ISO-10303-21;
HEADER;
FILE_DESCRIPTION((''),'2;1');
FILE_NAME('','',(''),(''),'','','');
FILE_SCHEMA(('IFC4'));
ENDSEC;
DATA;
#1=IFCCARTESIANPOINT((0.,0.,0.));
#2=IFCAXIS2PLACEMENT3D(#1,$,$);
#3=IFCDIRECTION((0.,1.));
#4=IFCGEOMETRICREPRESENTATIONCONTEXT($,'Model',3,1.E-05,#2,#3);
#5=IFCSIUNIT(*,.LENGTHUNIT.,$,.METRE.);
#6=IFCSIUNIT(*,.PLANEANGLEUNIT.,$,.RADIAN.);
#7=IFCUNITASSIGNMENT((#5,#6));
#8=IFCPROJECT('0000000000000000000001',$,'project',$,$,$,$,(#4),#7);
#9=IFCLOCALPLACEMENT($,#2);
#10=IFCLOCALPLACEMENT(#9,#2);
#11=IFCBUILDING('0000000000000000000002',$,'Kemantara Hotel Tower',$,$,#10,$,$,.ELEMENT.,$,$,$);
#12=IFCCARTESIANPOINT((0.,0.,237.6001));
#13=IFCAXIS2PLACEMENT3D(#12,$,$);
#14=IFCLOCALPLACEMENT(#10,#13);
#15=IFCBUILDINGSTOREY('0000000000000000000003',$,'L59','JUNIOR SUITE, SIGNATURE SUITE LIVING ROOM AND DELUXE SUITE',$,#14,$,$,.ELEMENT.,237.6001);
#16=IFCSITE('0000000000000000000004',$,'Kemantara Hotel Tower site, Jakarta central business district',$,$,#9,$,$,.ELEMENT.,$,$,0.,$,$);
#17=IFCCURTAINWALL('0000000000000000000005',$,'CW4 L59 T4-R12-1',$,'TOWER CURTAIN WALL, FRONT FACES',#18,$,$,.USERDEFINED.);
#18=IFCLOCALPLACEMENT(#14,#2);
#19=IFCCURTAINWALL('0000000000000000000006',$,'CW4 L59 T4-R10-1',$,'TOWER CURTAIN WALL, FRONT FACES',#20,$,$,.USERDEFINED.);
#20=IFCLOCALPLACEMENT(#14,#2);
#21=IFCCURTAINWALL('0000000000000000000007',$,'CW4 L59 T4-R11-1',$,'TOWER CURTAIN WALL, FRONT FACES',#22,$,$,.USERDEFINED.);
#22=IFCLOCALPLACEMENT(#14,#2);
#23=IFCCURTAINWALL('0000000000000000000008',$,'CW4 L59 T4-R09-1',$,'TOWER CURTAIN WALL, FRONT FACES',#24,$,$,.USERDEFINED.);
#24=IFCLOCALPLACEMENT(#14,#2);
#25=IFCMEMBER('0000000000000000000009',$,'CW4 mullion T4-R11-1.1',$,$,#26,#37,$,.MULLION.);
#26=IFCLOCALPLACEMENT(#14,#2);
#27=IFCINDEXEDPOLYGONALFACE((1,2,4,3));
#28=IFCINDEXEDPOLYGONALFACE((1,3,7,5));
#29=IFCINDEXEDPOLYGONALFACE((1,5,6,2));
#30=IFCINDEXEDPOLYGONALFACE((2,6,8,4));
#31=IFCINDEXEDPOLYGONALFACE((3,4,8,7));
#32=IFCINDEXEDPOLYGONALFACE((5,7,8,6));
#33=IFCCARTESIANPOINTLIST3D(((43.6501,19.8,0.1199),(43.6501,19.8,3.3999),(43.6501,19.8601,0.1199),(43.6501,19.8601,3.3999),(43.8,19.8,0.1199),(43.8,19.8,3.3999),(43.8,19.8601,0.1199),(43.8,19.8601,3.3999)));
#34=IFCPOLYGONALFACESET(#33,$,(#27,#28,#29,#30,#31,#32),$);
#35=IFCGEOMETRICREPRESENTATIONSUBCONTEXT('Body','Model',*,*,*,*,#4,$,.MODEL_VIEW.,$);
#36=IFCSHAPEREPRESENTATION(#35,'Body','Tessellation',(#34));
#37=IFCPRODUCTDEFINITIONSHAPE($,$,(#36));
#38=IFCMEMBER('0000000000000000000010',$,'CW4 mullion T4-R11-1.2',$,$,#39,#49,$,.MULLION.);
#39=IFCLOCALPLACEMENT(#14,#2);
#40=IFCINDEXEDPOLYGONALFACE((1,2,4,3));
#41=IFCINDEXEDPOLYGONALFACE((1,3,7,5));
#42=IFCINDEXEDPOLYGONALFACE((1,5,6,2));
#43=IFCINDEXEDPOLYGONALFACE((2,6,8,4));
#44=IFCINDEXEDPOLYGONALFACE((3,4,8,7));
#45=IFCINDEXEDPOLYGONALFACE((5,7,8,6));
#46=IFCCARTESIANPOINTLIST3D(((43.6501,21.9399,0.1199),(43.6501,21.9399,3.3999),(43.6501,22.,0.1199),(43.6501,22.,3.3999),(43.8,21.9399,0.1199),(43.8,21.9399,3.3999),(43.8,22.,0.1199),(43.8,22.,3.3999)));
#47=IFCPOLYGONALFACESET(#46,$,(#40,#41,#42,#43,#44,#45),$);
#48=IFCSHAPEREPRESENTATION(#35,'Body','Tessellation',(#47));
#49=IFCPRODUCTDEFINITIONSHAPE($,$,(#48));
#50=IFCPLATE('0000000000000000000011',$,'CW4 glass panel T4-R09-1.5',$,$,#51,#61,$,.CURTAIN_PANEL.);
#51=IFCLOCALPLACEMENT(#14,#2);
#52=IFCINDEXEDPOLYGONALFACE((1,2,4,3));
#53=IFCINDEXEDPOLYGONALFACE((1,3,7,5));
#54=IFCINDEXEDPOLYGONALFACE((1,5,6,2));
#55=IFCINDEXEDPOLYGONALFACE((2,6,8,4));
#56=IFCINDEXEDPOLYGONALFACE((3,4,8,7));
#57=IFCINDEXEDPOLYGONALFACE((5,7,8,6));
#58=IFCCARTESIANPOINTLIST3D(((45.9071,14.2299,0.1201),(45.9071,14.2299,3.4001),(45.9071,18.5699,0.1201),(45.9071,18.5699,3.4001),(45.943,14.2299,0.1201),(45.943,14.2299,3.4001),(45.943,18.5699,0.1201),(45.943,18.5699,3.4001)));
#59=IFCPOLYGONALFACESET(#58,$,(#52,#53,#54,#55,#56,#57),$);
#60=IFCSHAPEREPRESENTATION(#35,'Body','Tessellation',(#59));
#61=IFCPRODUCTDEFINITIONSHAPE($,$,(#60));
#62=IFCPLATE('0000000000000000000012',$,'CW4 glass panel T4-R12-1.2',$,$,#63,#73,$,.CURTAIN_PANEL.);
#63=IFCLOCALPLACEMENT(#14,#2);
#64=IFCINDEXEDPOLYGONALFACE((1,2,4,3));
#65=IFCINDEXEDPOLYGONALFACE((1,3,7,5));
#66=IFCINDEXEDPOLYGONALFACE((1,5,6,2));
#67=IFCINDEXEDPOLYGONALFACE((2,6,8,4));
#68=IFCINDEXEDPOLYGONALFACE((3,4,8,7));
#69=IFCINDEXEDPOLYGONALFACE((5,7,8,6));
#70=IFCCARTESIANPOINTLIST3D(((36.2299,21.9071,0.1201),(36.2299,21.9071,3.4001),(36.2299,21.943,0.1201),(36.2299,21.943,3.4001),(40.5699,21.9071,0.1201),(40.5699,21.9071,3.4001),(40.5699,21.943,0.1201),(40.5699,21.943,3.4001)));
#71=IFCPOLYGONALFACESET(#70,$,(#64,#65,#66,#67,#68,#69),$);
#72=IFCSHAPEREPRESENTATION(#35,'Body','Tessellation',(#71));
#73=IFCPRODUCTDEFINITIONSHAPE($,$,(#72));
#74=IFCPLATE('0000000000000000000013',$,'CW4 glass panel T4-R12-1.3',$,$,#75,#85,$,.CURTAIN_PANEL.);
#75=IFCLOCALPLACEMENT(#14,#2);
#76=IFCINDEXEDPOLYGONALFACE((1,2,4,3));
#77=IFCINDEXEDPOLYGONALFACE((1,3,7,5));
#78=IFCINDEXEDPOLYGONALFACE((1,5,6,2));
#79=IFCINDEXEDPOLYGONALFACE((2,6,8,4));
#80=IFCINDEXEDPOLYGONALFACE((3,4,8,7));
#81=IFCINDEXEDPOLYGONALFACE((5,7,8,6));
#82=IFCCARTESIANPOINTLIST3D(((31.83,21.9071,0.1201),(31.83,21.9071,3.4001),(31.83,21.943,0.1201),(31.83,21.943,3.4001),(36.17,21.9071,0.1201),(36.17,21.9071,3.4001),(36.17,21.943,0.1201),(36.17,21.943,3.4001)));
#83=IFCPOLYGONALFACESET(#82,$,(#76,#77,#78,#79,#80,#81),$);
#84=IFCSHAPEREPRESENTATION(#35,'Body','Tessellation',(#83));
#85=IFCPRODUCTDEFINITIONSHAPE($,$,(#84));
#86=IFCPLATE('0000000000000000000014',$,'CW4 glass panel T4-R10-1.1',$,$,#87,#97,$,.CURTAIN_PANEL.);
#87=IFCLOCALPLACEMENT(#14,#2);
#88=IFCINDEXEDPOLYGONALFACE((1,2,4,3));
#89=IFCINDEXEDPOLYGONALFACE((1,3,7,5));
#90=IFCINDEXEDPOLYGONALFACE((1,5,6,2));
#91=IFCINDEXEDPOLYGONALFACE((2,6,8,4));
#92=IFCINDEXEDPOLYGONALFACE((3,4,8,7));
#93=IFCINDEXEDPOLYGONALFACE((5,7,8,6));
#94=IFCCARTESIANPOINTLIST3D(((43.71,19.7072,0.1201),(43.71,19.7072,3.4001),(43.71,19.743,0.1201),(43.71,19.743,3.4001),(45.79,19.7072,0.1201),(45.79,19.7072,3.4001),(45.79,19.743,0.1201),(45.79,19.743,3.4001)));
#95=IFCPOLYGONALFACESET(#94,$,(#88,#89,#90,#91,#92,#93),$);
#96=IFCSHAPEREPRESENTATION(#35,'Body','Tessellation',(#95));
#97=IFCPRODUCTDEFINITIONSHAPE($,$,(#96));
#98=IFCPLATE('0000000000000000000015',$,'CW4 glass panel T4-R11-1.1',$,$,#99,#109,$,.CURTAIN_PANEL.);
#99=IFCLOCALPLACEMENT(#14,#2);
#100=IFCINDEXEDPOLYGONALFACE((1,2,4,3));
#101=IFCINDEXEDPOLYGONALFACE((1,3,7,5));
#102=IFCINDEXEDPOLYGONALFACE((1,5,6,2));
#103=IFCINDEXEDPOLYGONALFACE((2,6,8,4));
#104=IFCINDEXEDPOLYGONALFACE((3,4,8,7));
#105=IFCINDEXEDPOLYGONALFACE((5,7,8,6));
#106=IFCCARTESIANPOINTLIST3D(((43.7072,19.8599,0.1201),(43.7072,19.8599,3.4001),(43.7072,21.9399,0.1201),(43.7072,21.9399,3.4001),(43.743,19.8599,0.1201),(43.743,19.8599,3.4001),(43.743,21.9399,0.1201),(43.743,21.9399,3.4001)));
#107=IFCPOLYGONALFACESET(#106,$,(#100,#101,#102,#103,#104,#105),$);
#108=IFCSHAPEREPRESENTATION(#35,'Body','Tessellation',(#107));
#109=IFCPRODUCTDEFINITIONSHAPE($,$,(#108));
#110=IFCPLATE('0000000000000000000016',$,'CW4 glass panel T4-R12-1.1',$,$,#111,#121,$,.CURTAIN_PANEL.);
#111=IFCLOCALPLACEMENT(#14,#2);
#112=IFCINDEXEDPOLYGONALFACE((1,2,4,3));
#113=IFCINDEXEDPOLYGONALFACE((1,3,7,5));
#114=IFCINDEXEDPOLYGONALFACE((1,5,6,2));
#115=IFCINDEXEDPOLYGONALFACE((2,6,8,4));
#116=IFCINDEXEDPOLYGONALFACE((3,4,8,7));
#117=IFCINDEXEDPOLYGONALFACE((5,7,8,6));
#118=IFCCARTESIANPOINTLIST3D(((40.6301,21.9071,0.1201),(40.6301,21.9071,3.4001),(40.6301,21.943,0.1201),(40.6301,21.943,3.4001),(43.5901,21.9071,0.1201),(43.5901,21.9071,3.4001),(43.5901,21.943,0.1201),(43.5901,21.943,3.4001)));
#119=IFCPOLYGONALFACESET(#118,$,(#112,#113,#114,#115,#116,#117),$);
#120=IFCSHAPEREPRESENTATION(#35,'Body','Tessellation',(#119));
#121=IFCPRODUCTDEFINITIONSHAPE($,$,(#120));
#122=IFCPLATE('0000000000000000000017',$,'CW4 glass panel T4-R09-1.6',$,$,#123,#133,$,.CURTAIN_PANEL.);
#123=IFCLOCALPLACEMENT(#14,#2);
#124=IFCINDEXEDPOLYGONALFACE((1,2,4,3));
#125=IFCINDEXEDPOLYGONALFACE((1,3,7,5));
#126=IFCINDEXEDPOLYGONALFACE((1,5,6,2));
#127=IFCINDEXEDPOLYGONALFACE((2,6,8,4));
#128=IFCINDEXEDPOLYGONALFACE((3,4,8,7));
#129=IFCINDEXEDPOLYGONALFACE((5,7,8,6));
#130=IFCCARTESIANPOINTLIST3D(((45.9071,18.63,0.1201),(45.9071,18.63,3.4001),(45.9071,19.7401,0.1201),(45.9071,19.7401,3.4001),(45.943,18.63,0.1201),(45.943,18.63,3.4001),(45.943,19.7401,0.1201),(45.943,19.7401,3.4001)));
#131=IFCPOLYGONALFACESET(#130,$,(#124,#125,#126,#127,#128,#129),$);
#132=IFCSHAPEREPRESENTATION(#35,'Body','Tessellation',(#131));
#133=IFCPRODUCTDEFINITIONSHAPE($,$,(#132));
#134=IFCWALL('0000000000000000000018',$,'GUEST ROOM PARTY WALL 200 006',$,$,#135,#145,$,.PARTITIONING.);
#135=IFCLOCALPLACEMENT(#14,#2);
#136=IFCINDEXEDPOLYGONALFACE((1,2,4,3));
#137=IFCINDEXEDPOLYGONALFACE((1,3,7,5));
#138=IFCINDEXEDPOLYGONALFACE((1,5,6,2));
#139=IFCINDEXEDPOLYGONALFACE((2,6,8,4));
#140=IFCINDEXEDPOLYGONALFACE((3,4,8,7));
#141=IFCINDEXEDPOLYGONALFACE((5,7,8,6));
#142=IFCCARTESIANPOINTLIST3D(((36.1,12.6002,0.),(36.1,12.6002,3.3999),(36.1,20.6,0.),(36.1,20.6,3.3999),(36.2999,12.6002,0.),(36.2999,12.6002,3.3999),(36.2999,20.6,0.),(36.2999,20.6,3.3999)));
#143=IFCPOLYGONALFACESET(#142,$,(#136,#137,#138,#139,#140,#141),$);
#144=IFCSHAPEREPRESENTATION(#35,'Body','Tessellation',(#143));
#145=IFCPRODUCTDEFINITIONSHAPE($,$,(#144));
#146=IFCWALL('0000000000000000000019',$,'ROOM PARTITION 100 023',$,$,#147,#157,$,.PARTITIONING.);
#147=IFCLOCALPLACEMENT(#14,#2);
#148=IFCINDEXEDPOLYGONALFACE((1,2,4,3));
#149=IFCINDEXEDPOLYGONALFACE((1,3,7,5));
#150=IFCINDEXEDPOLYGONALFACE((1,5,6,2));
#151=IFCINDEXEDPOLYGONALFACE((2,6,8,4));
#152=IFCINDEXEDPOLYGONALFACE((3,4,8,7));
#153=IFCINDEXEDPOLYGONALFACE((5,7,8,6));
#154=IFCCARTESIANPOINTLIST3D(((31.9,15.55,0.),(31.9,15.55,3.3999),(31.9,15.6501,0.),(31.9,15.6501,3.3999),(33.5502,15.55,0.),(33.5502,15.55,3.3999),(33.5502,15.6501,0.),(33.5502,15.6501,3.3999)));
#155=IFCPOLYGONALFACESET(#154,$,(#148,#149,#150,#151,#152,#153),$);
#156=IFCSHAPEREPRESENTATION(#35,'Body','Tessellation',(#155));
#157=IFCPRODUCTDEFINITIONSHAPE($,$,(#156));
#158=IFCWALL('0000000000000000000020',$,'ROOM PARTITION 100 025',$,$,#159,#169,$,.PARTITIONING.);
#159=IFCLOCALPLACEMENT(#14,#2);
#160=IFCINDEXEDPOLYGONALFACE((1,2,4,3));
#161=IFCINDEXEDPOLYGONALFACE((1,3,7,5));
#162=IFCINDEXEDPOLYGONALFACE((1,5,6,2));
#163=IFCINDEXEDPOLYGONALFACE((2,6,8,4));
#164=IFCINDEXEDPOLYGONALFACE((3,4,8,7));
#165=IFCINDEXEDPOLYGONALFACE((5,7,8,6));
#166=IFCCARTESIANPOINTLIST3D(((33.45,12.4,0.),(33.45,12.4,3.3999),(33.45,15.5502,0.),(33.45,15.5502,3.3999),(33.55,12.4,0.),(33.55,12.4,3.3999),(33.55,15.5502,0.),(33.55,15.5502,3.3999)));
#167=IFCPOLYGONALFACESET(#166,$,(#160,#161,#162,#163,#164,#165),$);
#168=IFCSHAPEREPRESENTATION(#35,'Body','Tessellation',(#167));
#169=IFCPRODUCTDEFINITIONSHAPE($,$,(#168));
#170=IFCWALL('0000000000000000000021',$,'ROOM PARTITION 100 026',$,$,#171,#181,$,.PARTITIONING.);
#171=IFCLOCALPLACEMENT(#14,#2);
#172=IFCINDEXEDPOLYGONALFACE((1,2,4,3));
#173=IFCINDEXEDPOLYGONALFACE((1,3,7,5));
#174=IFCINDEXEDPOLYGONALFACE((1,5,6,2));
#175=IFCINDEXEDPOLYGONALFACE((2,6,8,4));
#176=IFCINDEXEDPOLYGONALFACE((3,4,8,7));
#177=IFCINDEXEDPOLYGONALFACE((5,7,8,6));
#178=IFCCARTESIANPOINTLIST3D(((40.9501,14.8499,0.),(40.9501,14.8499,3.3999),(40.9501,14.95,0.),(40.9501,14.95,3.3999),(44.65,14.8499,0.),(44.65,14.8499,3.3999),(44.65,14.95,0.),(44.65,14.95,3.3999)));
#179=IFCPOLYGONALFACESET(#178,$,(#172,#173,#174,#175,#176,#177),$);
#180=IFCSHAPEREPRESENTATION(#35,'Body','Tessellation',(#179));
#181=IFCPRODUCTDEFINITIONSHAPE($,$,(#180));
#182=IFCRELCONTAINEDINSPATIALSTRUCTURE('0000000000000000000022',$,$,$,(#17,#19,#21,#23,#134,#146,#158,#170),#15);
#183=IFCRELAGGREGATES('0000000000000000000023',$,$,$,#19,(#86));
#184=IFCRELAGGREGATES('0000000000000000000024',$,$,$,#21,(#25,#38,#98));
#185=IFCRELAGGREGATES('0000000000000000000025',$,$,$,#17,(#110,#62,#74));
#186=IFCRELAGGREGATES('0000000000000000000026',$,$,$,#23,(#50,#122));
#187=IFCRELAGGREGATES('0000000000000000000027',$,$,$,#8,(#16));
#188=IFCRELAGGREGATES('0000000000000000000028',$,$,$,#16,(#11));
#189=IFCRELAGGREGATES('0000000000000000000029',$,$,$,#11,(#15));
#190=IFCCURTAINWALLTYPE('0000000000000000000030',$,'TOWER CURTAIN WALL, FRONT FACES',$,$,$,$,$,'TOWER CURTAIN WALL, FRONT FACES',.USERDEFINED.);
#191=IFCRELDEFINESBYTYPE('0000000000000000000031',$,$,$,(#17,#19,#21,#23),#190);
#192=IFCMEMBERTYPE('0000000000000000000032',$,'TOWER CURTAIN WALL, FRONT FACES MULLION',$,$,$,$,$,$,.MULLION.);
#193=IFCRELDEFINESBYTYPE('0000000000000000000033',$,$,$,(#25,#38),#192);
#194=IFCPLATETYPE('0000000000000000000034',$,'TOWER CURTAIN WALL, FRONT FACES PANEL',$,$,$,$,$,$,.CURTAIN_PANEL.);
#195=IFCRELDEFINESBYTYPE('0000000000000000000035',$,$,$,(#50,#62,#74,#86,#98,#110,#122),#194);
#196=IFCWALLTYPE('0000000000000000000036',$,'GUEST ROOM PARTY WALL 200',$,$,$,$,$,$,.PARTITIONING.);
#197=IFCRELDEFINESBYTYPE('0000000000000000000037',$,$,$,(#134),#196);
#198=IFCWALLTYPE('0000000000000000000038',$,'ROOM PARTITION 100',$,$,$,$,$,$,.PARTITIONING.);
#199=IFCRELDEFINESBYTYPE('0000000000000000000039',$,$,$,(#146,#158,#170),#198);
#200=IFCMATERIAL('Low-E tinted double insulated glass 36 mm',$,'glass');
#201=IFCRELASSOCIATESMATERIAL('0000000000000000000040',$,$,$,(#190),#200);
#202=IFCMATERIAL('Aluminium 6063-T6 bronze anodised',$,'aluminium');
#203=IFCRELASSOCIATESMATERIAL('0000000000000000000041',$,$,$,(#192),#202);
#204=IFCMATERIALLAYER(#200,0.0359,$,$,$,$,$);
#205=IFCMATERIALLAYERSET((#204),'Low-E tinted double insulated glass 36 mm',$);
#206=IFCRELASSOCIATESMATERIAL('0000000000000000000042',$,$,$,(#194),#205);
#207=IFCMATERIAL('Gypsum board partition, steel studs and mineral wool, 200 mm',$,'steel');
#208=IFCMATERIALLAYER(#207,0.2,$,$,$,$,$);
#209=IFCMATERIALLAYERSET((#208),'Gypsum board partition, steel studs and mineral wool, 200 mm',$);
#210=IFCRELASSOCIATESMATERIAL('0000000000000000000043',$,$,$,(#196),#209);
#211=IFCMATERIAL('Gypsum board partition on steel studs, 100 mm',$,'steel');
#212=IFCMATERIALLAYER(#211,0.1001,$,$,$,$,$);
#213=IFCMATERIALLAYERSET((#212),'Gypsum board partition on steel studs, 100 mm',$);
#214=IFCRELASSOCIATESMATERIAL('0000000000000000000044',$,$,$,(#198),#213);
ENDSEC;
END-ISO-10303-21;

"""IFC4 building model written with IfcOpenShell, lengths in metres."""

from ifc_helpers import new_model, si_unit, direction, frame, frame_2d, origin, origin_2d, place, context, subcontext, project, spatial, rectangle, extrude, source, transform, mapped, material, layer, layer_set, material_profile, profile_set, type_object, element, aggregate, save


model = new_model("IFC4")

# Units and contexts
model_context = context("Model", 3, precision=1e-05, world=origin(), true_north=direction((0.0, 1.0)))
body_context = subcontext(model_context, "Body", "Model", "MODEL_VIEW")
ifc_project = project(units=[si_unit("LENGTHUNIT", "METRE"), si_unit("PLANEANGLEUNIT", "RADIAN")], contexts=[model_context])

# Site, building, storey
site_placement = place(None, origin())
site = spatial("IfcSite", under=ifc_project, at=site_placement, Name="Kemantara Hotel Tower site, Jakarta central business district", CompositionType="ELEMENT", RefElevation=0.0)
building_placement = place(site_placement, origin())
building = spatial("IfcBuilding", under=site, at=building_placement, Name="Kemantara Hotel Tower", CompositionType="ELEMENT")
storey_placement = place(building_placement, frame((0.0, 0.0, 237.6001)))
storey = spatial("IfcBuildingStorey", under=building, at=storey_placement, Name="L59", Description="JUNIOR SUITE, SIGNATURE SUITE LIVING ROOM AND DELUXE SUITE", CompositionType="ELEMENT", Elevation=237.6001)

# Curtain walls
ifc_material_1 = material(Name="Low-E tinted double insulated glass 36 mm", Category="glass")
curtain_wall_type = type_object("IfcCurtainWallType", Name="TOWER CURTAIN WALL, FRONT FACES", ElementType="TOWER CURTAIN WALL, FRONT FACES", PredefinedType="USERDEFINED", material=ifc_material_1)
curtain_wall_1_placement = place(storey_placement, origin())
curtain_wall_1 = element("IfcCurtainWall", 1, at=curtain_wall_1_placement, inside=storey, type_object=curtain_wall_type, Name="CW4 L59 T4-R12-1", ObjectType="TOWER CURTAIN WALL, FRONT FACES", PredefinedType="USERDEFINED")
ifc_material_2 = material(Name="Aluminium 6063-T6 bronze anodised", Category="aluminium")
curtain_wall_2_placement = place(storey_placement, origin())
curtain_wall_2 = element("IfcCurtainWall", 2, at=curtain_wall_2_placement, inside=storey, type_object=curtain_wall_type, Name="CW4 L59 T4-R10-1", ObjectType="TOWER CURTAIN WALL, FRONT FACES", PredefinedType="USERDEFINED")
curtain_wall_3_placement = place(storey_placement, origin())
curtain_wall_3 = element("IfcCurtainWall", 3, at=curtain_wall_3_placement, inside=storey, type_object=curtain_wall_type, Name="CW4 L59 T4-R11-1", ObjectType="TOWER CURTAIN WALL, FRONT FACES", PredefinedType="USERDEFINED")

# Curtain wall
curtain_wall_4_placement = place(storey_placement, origin())
curtain_wall_4 = element("IfcCurtainWall", 4, at=curtain_wall_4_placement, inside=storey, type_object=curtain_wall_type, Name="CW4 L59 T4-R09-1", ObjectType="TOWER CURTAIN WALL, FRONT FACES", PredefinedType="USERDEFINED")
ifc_material_profile_1 = material_profile(ifc_material_2, rectangle(XDim=0.1499, YDim=0.0601, at=origin_2d()), Name="TOWER CURTAIN WALL, FRONT FACES MULLION")
ifc_profile_set_1 = profile_set([ifc_material_profile_1], Name="Aluminium 6063-T6 bronze anodised")
member_type_1 = type_object("IfcMemberType", Name="TOWER CURTAIN WALL, FRONT FACES MULLION", PredefinedType="MULLION", material=ifc_profile_set_1)
shared_shape_1 = source(origin(), body_context, "Body", "SweptSolid", [
    extrude(rectangle(XDim=0.1499, YDim=0.0601, at=origin_2d()), origin(), (0.0, 0.0, 1.0), 3.28),
])

# Members
member_1_placement = place(storey_placement, frame((43.7251, 19.8301, 0.1199), z_axis=(0.0, 0.0, 1.0), x_axis=(-1.0, 0.0, 0.0)))
member_1 = element("IfcMember", 5, at=member_1_placement, type_object=member_type_1, Name="CW4 mullion T4-R11-1.1", PredefinedType="MULLION", context=body_context, shape_type="MappedRepresentation", body=[
    mapped(shared_shape_1, transform((0.0, 0.0, 0.0))),
])
member_2_placement = place(storey_placement, frame((43.7251, 21.97, 0.1199), z_axis=(0.0, 0.0, 1.0), x_axis=(-1.0, 0.0, 0.0)))
member_2 = element("IfcMember", 6, at=member_2_placement, type_object=member_type_1, Name="CW4 mullion T4-R11-1.2", PredefinedType="MULLION", context=body_context, shape_type="MappedRepresentation", body=[
    mapped(shared_shape_1, transform((0.0, 0.0, 0.0))),
])

# Plates
ifc_layer_1 = layer(ifc_material_1, 0.0359)
ifc_layer_set_1 = layer_set([ifc_layer_1], Name="Low-E tinted double insulated glass 36 mm")
plate_type = type_object("IfcPlateType", Name="TOWER CURTAIN WALL, FRONT FACES PANEL", PredefinedType="CURTAIN_PANEL", material=ifc_layer_set_1)
shared_shape_2 = source(origin(), body_context, "Body", "SweptSolid", [
    extrude(rectangle(XDim=4.3401, YDim=0.0359, at=origin_2d()), origin(), (0.0, 0.0, 1.0), 3.28),
])
plate_1_placement = place(storey_placement, frame((45.925, 16.3999, 0.1201), z_axis=(0.0, 0.0, 1.0), x_axis=(0.0, 1.0, 0.0)))
plate_1 = element("IfcPlate", 7, at=plate_1_placement, type_object=plate_type, Name="CW4 glass panel T4-R09-1.5", PredefinedType="CURTAIN_PANEL", context=body_context, shape_type="MappedRepresentation", body=[
    mapped(shared_shape_2, transform((0.0, 0.0, 0.0))),
])
plate_2_placement = place(storey_placement, frame((38.3999, 21.925, 0.1201), z_axis=(0.0, 0.0, 1.0), x_axis=(-1.0, 0.0, 0.0)))
plate_2 = element("IfcPlate", 8, at=plate_2_placement, type_object=plate_type, Name="CW4 glass panel T4-R12-1.2", PredefinedType="CURTAIN_PANEL", context=body_context, shape_type="MappedRepresentation", body=[
    mapped(shared_shape_2, transform((0.0, 0.0, 0.0))),
])
plate_3_placement = place(storey_placement, frame((34.0, 21.925, 0.1201), z_axis=(0.0, 0.0, 1.0), x_axis=(-1.0, 0.0, 0.0)))
plate_3 = element("IfcPlate", 9, at=plate_3_placement, type_object=plate_type, Name="CW4 glass panel T4-R12-1.3", PredefinedType="CURTAIN_PANEL", context=body_context, shape_type="MappedRepresentation", body=[
    mapped(shared_shape_2, transform((0.0, 0.0, 0.0))),
])
shared_shape_3 = source(origin(), body_context, "Body", "SweptSolid", [
    extrude(rectangle(XDim=2.0801, YDim=0.0359, at=origin_2d()), origin(), (0.0, 0.0, 1.0), 3.28),
])
plate_4_placement = place(storey_placement, frame((44.75, 19.7251, 0.1201), z_axis=(0.0, 0.0, 1.0), x_axis=(-1.0, 0.0, 0.0)))
plate_4 = element("IfcPlate", 10, at=plate_4_placement, type_object=plate_type, Name="CW4 glass panel T4-R10-1.1", PredefinedType="CURTAIN_PANEL", context=body_context, shape_type="MappedRepresentation", body=[
    mapped(shared_shape_3, transform((0.0, 0.0, 0.0))),
])
aggregate(curtain_wall_2, [plate_4])
plate_5_placement = place(storey_placement, frame((43.7251, 20.8999, 0.1201), z_axis=(0.0, 0.0, 1.0), x_axis=(0.0, 1.0, 0.0)))
plate_5 = element("IfcPlate", 11, at=plate_5_placement, type_object=plate_type, Name="CW4 glass panel T4-R11-1.1", PredefinedType="CURTAIN_PANEL", context=body_context, shape_type="MappedRepresentation", body=[
    mapped(shared_shape_3, transform((0.0, 0.0, 0.0))),
])
aggregate(curtain_wall_3, [member_1, member_2, plate_5])
shared_shape_4 = source(origin(), body_context, "Body", "SweptSolid", [
    extrude(rectangle(XDim=2.96, YDim=0.0359, at=origin_2d()), origin(), (0.0, 0.0, 1.0), 3.28),
])
plate_6_placement = place(storey_placement, frame((42.1101, 21.925, 0.1201), z_axis=(0.0, 0.0, 1.0), x_axis=(-1.0, 0.0, 0.0)))
plate_6 = element("IfcPlate", 12, at=plate_6_placement, type_object=plate_type, Name="CW4 glass panel T4-R12-1.1", PredefinedType="CURTAIN_PANEL", context=body_context, shape_type="MappedRepresentation", body=[
    mapped(shared_shape_4, transform((0.0, 0.0, 0.0))),
])
aggregate(curtain_wall_1, [plate_6, plate_2, plate_3])
shared_shape_5 = source(origin(), body_context, "Body", "SweptSolid", [
    extrude(rectangle(XDim=1.1101, YDim=0.0359, at=origin_2d()), origin(), (0.0, 0.0, 1.0), 3.28),
])
plate_7_placement = place(storey_placement, frame((45.925, 19.1851, 0.1201), z_axis=(0.0, 0.0, 1.0), x_axis=(0.0, 1.0, 0.0)))
plate_7 = element("IfcPlate", 13, at=plate_7_placement, type_object=plate_type, Name="CW4 glass panel T4-R09-1.6", PredefinedType="CURTAIN_PANEL", context=body_context, shape_type="MappedRepresentation", body=[
    mapped(shared_shape_5, transform((0.0, 0.0, 0.0))),
])
aggregate(curtain_wall_4, [plate_1, plate_7])

# Walls
ifc_material_3 = material(Name="Gypsum board partition, steel studs and mineral wool, 200 mm", Category="steel")
ifc_layer_2 = layer(ifc_material_3, 0.2)
ifc_layer_set_2 = layer_set([ifc_layer_2], Name="Gypsum board partition, steel studs and mineral wool, 200 mm")
wall_type_1 = type_object("IfcWallType", Name="GUEST ROOM PARTY WALL 200", PredefinedType="PARTITIONING", material=ifc_layer_set_2)
wall_1_placement = place(storey_placement, frame((36.2, 12.6001, 0.0), z_axis=(0.0, 0.0, 1.0), x_axis=(0.0, 1.0, 0.0)))
element("IfcWall", 14, at=wall_1_placement, inside=storey, type_object=wall_type_1, Name="GUEST ROOM PARTY WALL 200 006", PredefinedType="PARTITIONING", context=body_context, shape_type="SweptSolid", body=[
    extrude(rectangle(XDim=7.9998, YDim=0.2, at=frame_2d((4.0, 0.0))), origin(), (0.0, 0.0, 1.0), 3.3999),
])
ifc_material_4 = material(Name="Gypsum board partition on steel studs, 100 mm", Category="steel")
ifc_layer_3 = layer(ifc_material_4, 0.1001)
ifc_layer_set_3 = layer_set([ifc_layer_3], Name="Gypsum board partition on steel studs, 100 mm")
wall_type_2 = type_object("IfcWallType", Name="ROOM PARTITION 100", PredefinedType="PARTITIONING", material=ifc_layer_set_3)
wall_2_placement = place(storey_placement, frame((31.8999, 15.6001, 0.0), z_axis=(0.0, 0.0, 1.0), x_axis=(1.0, 0.0, 0.0)))
element("IfcWall", 15, at=wall_2_placement, inside=storey, type_object=wall_type_2, Name="ROOM PARTITION 100 023", PredefinedType="PARTITIONING", context=body_context, shape_type="SweptSolid", body=[
    extrude(rectangle(XDim=1.6501, YDim=0.1001, at=frame_2d((0.8252, 0.0))), origin(), (0.0, 0.0, 1.0), 3.3999),
])
wall_3_placement = place(storey_placement, frame((33.5, 12.3999, 0.0), z_axis=(0.0, 0.0, 1.0), x_axis=(0.0, 1.0, 0.0)))
element("IfcWall", 16, at=wall_3_placement, inside=storey, type_object=wall_type_2, Name="ROOM PARTITION 100 025", PredefinedType="PARTITIONING", context=body_context, shape_type="SweptSolid", body=[
    extrude(rectangle(XDim=3.1501, YDim=0.1001, at=frame_2d((1.5752, 0.0))), origin(), (0.0, 0.0, 1.0), 3.3999),
])
wall_4_placement = place(storey_placement, frame((40.95, 14.8999, 0.0), z_axis=(0.0, 0.0, 1.0), x_axis=(1.0, 0.0, 0.0)))
element("IfcWall", 17, at=wall_4_placement, inside=storey, type_object=wall_type_2, Name="ROOM PARTITION 100 026", PredefinedType="PARTITIONING", context=body_context, shape_type="SweptSolid", body=[
    extrude(rectangle(XDim=3.7, YDim=0.1001, at=frame_2d((1.8501, 0.0))), origin(), (0.0, 0.0, 1.0), 3.3999),
])

save(model, "model.ifc")
